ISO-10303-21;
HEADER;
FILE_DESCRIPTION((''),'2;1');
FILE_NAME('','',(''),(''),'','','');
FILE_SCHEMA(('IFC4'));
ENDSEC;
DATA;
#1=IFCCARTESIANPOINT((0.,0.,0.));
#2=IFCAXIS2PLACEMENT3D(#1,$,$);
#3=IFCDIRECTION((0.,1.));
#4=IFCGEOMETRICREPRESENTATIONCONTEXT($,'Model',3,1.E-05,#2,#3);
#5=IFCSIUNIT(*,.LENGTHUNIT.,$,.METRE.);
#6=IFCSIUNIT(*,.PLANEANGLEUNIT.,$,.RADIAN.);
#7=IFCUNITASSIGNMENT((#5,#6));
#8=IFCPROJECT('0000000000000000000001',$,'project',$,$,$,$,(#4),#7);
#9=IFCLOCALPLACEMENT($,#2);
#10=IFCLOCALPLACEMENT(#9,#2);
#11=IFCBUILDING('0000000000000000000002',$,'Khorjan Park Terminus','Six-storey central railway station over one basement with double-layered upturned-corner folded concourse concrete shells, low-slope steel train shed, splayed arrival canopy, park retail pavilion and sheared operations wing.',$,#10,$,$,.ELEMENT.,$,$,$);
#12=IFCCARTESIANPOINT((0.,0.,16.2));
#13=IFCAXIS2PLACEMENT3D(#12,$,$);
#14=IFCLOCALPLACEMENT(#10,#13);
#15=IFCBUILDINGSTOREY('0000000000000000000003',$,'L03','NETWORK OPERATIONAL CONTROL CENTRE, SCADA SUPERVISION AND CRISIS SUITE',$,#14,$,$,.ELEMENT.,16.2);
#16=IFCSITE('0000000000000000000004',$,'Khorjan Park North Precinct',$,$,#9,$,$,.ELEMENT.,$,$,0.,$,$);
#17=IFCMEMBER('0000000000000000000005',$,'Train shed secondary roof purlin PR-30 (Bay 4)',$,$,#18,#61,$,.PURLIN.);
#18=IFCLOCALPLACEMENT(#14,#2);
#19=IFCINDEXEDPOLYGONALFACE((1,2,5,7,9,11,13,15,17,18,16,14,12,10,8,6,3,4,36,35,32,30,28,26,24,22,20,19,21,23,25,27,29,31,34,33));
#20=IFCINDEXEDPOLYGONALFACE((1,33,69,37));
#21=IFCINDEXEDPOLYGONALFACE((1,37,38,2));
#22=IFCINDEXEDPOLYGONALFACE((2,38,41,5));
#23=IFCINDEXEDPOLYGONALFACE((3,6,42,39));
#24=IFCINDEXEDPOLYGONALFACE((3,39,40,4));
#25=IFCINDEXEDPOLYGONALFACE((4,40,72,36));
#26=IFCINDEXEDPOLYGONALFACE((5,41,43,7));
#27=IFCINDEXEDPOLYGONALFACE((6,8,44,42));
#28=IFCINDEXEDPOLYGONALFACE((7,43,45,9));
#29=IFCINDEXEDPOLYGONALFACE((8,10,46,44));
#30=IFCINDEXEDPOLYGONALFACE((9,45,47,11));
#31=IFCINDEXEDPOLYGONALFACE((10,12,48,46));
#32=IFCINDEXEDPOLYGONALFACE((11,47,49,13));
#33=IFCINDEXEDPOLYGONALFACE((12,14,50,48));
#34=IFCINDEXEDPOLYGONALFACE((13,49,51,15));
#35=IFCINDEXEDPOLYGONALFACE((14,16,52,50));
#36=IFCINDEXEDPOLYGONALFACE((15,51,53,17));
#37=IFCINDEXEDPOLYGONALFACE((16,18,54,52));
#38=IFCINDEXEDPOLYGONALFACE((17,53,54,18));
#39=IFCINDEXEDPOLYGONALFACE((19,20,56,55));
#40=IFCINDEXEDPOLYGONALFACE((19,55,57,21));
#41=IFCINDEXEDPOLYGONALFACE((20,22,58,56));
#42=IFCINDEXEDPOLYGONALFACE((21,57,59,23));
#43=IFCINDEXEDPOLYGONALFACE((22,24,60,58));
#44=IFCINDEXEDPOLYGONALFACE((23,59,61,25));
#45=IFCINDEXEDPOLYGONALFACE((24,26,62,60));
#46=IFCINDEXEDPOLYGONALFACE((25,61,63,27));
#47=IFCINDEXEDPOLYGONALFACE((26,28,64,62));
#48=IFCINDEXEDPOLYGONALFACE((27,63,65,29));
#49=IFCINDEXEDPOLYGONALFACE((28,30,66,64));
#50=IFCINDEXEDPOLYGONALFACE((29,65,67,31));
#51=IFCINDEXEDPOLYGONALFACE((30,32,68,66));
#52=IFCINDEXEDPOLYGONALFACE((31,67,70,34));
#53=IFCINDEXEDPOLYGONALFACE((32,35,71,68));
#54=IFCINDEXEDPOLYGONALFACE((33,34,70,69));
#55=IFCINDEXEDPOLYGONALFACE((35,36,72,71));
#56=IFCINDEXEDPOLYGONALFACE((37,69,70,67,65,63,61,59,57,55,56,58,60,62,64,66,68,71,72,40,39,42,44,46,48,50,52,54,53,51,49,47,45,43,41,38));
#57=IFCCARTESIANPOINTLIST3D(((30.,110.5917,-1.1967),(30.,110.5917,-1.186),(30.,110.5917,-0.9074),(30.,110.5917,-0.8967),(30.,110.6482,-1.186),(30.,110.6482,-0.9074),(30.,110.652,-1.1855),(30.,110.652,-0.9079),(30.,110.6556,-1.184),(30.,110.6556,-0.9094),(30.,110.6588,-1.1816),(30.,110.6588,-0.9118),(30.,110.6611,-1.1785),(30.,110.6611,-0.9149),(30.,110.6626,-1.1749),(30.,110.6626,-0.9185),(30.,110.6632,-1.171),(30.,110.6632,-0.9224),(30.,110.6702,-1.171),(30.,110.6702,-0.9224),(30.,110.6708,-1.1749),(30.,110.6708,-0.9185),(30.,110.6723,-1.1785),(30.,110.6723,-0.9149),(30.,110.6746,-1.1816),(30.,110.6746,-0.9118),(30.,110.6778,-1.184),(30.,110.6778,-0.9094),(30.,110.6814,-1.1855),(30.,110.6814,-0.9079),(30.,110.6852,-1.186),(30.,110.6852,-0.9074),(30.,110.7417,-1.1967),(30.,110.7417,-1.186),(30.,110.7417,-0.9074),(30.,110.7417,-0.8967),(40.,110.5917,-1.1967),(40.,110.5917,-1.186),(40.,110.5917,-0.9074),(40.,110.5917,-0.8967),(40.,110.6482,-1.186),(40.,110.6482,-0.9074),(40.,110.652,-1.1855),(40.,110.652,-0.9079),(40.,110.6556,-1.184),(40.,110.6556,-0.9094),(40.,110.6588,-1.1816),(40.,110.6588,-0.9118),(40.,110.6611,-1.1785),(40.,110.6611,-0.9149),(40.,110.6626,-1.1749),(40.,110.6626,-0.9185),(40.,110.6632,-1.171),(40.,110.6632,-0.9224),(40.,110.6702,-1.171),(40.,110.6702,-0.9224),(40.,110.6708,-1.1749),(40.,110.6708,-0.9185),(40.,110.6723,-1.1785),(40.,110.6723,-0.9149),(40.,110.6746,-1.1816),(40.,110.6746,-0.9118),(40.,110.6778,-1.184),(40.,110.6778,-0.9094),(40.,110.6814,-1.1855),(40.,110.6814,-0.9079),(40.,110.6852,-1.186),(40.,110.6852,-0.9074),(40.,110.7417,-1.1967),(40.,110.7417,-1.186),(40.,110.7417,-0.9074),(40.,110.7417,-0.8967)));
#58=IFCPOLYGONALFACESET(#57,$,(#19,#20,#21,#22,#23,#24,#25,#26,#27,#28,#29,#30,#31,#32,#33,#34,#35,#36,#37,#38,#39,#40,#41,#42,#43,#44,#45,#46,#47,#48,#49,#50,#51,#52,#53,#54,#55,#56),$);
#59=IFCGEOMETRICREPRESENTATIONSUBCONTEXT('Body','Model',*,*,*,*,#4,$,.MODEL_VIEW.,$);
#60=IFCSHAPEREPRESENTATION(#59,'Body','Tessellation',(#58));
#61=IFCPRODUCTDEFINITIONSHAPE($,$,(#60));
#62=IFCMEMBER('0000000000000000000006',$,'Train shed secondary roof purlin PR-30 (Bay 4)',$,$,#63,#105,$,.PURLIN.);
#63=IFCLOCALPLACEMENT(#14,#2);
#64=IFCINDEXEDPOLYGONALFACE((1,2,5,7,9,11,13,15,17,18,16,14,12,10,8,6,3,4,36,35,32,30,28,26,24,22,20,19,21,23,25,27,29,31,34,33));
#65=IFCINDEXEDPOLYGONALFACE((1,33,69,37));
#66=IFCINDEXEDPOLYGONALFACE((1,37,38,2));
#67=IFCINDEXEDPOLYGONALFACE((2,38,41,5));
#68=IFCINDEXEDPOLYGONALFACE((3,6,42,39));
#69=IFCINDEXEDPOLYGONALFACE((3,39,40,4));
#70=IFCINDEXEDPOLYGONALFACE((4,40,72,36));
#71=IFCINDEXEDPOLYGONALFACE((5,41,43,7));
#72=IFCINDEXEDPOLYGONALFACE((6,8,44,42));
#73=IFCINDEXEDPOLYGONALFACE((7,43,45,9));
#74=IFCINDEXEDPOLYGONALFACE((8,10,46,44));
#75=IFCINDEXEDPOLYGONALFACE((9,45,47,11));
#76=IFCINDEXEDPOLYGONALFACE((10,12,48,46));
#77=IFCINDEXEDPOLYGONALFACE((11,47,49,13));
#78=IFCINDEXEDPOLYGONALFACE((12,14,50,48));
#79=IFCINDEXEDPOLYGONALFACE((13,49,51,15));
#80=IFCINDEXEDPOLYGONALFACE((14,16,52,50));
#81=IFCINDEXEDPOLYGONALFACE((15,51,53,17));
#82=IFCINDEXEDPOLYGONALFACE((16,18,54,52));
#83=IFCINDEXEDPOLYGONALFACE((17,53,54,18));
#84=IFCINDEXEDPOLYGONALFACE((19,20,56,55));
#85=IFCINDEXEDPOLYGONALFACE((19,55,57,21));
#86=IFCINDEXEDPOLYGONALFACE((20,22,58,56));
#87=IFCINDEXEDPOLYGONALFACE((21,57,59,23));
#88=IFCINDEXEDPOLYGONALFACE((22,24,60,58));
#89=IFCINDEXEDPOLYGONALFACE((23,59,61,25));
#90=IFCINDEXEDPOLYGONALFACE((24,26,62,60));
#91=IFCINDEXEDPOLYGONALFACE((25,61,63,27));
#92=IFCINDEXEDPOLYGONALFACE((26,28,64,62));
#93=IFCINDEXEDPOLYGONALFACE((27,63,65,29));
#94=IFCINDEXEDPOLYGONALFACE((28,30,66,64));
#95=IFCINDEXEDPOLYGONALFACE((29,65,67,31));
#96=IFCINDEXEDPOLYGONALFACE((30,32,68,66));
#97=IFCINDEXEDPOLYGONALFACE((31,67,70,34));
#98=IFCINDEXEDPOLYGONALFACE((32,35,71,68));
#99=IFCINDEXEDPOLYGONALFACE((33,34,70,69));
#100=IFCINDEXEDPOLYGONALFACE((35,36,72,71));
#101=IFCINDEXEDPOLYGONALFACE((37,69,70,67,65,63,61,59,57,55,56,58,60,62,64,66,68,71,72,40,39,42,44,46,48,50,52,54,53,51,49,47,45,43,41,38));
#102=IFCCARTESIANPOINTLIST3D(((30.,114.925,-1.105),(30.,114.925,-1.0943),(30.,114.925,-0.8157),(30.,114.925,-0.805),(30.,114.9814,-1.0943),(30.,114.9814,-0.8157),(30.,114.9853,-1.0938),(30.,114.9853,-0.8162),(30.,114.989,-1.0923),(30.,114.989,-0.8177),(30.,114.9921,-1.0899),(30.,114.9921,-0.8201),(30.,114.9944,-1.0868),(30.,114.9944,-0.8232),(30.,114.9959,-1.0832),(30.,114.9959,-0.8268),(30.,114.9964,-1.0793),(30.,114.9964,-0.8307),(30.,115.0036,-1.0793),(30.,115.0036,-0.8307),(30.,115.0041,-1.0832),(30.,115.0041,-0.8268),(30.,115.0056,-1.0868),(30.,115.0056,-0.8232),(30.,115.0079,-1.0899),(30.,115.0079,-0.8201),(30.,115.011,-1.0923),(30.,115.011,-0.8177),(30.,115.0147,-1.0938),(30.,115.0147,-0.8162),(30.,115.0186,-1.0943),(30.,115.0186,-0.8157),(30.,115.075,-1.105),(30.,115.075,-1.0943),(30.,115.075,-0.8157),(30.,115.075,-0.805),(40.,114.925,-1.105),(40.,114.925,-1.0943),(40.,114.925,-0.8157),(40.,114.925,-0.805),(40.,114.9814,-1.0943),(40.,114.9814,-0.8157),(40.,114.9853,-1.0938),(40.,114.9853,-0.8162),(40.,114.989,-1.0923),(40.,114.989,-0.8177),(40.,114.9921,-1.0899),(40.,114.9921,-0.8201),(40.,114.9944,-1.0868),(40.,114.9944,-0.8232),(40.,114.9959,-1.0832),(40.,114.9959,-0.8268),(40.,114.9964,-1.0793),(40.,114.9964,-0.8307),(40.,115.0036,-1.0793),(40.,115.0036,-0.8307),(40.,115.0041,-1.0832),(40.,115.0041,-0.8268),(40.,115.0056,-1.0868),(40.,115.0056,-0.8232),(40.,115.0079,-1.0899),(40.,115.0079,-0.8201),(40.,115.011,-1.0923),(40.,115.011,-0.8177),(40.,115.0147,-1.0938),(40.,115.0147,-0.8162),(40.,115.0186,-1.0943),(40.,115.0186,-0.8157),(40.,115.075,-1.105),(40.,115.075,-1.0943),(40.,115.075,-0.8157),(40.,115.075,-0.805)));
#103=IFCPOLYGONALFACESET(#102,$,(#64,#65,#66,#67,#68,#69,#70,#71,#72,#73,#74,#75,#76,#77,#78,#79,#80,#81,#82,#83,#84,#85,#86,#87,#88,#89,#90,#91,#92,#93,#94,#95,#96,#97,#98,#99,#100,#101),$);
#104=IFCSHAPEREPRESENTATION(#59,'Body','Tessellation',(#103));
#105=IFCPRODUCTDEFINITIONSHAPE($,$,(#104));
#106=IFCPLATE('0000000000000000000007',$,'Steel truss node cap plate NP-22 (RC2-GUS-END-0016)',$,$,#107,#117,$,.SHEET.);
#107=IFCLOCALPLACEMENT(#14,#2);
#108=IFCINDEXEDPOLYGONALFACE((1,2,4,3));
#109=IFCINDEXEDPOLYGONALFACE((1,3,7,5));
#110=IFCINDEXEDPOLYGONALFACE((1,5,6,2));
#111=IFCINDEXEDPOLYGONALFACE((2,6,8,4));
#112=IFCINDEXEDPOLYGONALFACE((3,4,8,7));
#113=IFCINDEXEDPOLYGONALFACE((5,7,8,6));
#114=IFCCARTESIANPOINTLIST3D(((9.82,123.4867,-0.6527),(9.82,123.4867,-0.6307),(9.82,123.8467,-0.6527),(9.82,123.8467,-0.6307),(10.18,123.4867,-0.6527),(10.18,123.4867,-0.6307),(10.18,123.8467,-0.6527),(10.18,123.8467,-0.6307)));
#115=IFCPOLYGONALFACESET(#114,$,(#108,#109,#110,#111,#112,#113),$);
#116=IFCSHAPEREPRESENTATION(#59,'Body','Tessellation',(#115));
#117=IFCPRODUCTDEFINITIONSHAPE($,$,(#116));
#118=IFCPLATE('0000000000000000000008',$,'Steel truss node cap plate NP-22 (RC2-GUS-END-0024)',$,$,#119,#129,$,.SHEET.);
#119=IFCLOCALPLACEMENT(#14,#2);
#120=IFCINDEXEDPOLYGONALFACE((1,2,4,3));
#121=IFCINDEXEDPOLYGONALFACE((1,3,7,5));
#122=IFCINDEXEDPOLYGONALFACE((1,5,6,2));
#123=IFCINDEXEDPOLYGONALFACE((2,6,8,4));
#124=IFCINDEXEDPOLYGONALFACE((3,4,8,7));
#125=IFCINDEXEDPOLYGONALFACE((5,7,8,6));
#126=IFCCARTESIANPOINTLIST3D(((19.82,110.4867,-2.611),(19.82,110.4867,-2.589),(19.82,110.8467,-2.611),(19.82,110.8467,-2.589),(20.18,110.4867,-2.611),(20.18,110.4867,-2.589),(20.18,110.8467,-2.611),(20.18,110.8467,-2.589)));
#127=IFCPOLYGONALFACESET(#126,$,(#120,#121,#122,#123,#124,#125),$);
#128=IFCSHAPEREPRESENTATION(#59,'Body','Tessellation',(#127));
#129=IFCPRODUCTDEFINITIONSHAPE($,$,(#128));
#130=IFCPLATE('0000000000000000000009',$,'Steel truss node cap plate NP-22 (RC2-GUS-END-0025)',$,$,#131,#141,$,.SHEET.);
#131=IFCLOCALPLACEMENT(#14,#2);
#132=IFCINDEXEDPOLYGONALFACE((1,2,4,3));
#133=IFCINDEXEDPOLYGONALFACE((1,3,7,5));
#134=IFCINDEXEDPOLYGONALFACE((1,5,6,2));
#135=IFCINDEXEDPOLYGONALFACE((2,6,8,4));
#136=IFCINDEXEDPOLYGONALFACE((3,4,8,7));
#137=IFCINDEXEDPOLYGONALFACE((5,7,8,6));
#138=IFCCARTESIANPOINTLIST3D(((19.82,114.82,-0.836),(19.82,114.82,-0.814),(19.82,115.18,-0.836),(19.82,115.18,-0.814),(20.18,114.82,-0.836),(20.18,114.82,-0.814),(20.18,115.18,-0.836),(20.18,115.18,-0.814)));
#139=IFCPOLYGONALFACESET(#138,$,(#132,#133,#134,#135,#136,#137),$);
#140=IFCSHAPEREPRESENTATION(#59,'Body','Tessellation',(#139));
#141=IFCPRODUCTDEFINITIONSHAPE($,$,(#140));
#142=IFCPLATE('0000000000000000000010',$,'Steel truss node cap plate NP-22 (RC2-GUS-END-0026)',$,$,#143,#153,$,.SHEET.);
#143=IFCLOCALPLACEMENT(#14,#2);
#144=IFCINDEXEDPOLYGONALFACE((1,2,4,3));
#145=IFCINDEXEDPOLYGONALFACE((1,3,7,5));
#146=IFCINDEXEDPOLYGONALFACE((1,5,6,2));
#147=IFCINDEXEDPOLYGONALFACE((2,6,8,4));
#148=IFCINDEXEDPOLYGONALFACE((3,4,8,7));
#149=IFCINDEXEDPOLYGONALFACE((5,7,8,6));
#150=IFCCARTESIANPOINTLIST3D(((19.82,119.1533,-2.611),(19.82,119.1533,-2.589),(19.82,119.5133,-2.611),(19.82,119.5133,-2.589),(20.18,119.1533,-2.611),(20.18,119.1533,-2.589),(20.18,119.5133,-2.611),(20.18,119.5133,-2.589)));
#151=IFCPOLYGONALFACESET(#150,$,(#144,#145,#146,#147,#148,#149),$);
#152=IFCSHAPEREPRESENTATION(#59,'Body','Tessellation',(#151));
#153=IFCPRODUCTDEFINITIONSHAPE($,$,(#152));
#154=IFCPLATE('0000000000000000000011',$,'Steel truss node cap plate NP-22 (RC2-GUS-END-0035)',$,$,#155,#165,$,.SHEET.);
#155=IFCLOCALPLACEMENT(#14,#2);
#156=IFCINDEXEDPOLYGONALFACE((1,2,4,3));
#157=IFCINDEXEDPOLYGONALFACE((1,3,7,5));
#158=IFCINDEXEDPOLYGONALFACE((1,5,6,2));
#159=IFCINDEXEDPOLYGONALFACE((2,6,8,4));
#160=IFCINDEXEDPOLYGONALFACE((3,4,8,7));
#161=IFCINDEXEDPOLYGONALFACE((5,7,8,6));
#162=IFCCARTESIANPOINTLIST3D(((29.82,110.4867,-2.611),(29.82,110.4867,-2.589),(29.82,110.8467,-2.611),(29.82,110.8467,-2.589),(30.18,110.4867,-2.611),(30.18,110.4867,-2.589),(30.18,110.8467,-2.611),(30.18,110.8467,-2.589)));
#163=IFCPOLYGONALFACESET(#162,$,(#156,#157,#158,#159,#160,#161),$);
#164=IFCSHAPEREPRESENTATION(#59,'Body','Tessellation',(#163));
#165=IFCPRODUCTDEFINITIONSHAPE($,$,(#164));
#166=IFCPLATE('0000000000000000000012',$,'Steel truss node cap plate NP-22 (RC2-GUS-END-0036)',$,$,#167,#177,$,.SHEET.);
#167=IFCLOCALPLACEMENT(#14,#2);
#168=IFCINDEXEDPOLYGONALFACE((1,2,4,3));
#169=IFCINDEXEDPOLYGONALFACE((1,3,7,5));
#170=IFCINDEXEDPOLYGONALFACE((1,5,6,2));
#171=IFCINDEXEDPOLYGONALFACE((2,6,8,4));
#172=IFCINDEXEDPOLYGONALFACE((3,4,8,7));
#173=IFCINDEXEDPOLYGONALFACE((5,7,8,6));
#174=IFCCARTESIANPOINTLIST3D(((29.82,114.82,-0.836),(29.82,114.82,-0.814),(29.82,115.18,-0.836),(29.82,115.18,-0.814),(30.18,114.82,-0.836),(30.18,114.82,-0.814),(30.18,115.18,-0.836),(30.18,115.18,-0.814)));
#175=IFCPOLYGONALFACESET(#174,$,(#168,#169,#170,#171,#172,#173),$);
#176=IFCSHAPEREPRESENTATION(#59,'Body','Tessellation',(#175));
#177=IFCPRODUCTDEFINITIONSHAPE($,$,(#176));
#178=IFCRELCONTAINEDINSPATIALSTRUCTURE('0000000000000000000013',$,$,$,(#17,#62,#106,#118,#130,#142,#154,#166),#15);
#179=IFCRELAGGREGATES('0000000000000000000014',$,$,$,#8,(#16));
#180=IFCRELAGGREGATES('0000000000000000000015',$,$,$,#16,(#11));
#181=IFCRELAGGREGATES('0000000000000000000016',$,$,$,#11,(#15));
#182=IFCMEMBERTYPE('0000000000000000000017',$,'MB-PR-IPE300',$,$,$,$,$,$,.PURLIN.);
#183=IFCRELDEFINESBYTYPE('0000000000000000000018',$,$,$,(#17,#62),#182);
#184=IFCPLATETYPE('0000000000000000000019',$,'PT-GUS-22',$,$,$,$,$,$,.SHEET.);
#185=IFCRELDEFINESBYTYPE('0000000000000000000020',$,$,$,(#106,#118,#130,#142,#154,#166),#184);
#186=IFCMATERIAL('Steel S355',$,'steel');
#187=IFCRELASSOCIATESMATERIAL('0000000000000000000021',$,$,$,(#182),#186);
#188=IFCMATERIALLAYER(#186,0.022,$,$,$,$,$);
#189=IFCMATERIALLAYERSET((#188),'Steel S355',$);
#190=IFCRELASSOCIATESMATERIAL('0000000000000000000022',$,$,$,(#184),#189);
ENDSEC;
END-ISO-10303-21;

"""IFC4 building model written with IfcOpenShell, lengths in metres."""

from ifc_helpers import new_model, si_unit, direction, frame, origin, origin_2d, place, context, subcontext, project, spatial, rectangle, i_section, extrude, material, layer, layer_set, material_profile, profile_set, type_object, element, save


model = new_model("IFC4")

# Units and contexts
model_context = context("Model", 3, precision=1e-05, world=origin(), true_north=direction((0.0, 1.0)))
body_context = subcontext(model_context, "Body", "Model", "MODEL_VIEW")
ifc_project = project(units=[si_unit("LENGTHUNIT", "METRE"), si_unit("PLANEANGLEUNIT", "RADIAN")], contexts=[model_context])

# Site, building, storey
site_placement = place(None, origin())
site = spatial("IfcSite", under=ifc_project, at=site_placement, Name="Khorjan Park North Precinct", CompositionType="ELEMENT", RefElevation=0.0)
building_placement = place(site_placement, origin())
building = spatial("IfcBuilding", under=site, at=building_placement, Name="Khorjan Park Terminus", Description="Six-storey central railway station over one basement with double-layered upturned-corner folded concourse concrete shells, low-slope steel train shed, splayed arrival canopy, park retail pavilion and sheared operations wing.", CompositionType="ELEMENT")
storey_placement = place(building_placement, frame((0.0, 0.0, 16.2)))
storey = spatial("IfcBuildingStorey", under=building, at=storey_placement, Name="L03", Description="NETWORK OPERATIONAL CONTROL CENTRE, SCADA SUPERVISION AND CRISIS SUITE", CompositionType="ELEMENT", Elevation=16.2)

# Members
ifc_material = material(Name="Steel S355", Category="steel")
ifc_material_profile_1 = material_profile(ifc_material, i_section(OverallWidth=0.15, OverallDepth=0.3, WebThickness=0.0071, FlangeThickness=0.0107, FilletRadius=0.015, at=origin_2d()), Name="IPE 300")
ifc_profile_set_1 = profile_set([ifc_material_profile_1], Name="Steel S355")
member_type_1 = type_object("IfcMemberType", Name="MB-PR-IPE300", PredefinedType="PURLIN", material=ifc_profile_set_1)
for number, where, z_axis, x_axis, name in (
    (1, (30.0, 110.6667, -1.0467), (1.0, 0.0, 0.0), (0.0, 1.0, 0.0), "Train shed secondary roof purlin PR-30 (Bay 4)"),
    (2, (30.0, 115.0, -0.955), (1.0, 0.0, 0.0), (0.0, 1.0, 0.0), "Train shed secondary roof purlin PR-30 (Bay 4)"),
):
    element("IfcMember", number, at=place(storey_placement, frame(where, z_axis=z_axis, x_axis=x_axis)), inside=storey, type_object=member_type_1, Name=name, PredefinedType="PURLIN", context=body_context, shape_type="SweptSolid", body=[
        extrude(i_section(OverallWidth=0.15, OverallDepth=0.3, WebThickness=0.0071, FlangeThickness=0.0107, FilletRadius=0.015, at=origin_2d()), origin(), (0.0, 0.0, 1.0), 10.0),
    ])

# Plates
ifc_layer = layer(ifc_material, 0.022)
ifc_layer_set = layer_set([ifc_layer], Name="Steel S355")
plate_type = type_object("IfcPlateType", Name="PT-GUS-22", PredefinedType="SHEET", material=ifc_layer_set)
for number, where, z_axis, x_axis, name in (
    (3, (10.0, 123.6667, -0.6527), (0.0, 0.0, 1.0), (1.0, 0.0, 0.0), "Steel truss node cap plate NP-22 (RC2-GUS-END-0016)"),
    (4, (20.0, 110.6667, -2.611), (0.0, 0.0, 1.0), (1.0, 0.0, 0.0), "Steel truss node cap plate NP-22 (RC2-GUS-END-0024)"),
    (5, (20.0, 115.0, -0.836), (0.0, 0.0, 1.0), (1.0, 0.0, 0.0), "Steel truss node cap plate NP-22 (RC2-GUS-END-0025)"),
    (6, (20.0, 119.3333, -2.611), (0.0, 0.0, 1.0), (1.0, 0.0, 0.0), "Steel truss node cap plate NP-22 (RC2-GUS-END-0026)"),
    (7, (30.0, 110.6667, -2.611), (0.0, 0.0, 1.0), (1.0, 0.0, 0.0), "Steel truss node cap plate NP-22 (RC2-GUS-END-0035)"),
    (8, (30.0, 115.0, -0.836), (0.0, 0.0, 1.0), (1.0, 0.0, 0.0), "Steel truss node cap plate NP-22 (RC2-GUS-END-0036)"),
):
    element("IfcPlate", number, at=place(storey_placement, frame(where, z_axis=z_axis, x_axis=x_axis)), inside=storey, type_object=plate_type, Name=name, PredefinedType="SHEET", context=body_context, shape_type="SweptSolid", body=[
        extrude(rectangle(XDim=0.36, YDim=0.36, at=origin_2d()), origin(), (0.0, 0.0, 1.0), 0.022),
    ])

save(model, "model.ifc")
